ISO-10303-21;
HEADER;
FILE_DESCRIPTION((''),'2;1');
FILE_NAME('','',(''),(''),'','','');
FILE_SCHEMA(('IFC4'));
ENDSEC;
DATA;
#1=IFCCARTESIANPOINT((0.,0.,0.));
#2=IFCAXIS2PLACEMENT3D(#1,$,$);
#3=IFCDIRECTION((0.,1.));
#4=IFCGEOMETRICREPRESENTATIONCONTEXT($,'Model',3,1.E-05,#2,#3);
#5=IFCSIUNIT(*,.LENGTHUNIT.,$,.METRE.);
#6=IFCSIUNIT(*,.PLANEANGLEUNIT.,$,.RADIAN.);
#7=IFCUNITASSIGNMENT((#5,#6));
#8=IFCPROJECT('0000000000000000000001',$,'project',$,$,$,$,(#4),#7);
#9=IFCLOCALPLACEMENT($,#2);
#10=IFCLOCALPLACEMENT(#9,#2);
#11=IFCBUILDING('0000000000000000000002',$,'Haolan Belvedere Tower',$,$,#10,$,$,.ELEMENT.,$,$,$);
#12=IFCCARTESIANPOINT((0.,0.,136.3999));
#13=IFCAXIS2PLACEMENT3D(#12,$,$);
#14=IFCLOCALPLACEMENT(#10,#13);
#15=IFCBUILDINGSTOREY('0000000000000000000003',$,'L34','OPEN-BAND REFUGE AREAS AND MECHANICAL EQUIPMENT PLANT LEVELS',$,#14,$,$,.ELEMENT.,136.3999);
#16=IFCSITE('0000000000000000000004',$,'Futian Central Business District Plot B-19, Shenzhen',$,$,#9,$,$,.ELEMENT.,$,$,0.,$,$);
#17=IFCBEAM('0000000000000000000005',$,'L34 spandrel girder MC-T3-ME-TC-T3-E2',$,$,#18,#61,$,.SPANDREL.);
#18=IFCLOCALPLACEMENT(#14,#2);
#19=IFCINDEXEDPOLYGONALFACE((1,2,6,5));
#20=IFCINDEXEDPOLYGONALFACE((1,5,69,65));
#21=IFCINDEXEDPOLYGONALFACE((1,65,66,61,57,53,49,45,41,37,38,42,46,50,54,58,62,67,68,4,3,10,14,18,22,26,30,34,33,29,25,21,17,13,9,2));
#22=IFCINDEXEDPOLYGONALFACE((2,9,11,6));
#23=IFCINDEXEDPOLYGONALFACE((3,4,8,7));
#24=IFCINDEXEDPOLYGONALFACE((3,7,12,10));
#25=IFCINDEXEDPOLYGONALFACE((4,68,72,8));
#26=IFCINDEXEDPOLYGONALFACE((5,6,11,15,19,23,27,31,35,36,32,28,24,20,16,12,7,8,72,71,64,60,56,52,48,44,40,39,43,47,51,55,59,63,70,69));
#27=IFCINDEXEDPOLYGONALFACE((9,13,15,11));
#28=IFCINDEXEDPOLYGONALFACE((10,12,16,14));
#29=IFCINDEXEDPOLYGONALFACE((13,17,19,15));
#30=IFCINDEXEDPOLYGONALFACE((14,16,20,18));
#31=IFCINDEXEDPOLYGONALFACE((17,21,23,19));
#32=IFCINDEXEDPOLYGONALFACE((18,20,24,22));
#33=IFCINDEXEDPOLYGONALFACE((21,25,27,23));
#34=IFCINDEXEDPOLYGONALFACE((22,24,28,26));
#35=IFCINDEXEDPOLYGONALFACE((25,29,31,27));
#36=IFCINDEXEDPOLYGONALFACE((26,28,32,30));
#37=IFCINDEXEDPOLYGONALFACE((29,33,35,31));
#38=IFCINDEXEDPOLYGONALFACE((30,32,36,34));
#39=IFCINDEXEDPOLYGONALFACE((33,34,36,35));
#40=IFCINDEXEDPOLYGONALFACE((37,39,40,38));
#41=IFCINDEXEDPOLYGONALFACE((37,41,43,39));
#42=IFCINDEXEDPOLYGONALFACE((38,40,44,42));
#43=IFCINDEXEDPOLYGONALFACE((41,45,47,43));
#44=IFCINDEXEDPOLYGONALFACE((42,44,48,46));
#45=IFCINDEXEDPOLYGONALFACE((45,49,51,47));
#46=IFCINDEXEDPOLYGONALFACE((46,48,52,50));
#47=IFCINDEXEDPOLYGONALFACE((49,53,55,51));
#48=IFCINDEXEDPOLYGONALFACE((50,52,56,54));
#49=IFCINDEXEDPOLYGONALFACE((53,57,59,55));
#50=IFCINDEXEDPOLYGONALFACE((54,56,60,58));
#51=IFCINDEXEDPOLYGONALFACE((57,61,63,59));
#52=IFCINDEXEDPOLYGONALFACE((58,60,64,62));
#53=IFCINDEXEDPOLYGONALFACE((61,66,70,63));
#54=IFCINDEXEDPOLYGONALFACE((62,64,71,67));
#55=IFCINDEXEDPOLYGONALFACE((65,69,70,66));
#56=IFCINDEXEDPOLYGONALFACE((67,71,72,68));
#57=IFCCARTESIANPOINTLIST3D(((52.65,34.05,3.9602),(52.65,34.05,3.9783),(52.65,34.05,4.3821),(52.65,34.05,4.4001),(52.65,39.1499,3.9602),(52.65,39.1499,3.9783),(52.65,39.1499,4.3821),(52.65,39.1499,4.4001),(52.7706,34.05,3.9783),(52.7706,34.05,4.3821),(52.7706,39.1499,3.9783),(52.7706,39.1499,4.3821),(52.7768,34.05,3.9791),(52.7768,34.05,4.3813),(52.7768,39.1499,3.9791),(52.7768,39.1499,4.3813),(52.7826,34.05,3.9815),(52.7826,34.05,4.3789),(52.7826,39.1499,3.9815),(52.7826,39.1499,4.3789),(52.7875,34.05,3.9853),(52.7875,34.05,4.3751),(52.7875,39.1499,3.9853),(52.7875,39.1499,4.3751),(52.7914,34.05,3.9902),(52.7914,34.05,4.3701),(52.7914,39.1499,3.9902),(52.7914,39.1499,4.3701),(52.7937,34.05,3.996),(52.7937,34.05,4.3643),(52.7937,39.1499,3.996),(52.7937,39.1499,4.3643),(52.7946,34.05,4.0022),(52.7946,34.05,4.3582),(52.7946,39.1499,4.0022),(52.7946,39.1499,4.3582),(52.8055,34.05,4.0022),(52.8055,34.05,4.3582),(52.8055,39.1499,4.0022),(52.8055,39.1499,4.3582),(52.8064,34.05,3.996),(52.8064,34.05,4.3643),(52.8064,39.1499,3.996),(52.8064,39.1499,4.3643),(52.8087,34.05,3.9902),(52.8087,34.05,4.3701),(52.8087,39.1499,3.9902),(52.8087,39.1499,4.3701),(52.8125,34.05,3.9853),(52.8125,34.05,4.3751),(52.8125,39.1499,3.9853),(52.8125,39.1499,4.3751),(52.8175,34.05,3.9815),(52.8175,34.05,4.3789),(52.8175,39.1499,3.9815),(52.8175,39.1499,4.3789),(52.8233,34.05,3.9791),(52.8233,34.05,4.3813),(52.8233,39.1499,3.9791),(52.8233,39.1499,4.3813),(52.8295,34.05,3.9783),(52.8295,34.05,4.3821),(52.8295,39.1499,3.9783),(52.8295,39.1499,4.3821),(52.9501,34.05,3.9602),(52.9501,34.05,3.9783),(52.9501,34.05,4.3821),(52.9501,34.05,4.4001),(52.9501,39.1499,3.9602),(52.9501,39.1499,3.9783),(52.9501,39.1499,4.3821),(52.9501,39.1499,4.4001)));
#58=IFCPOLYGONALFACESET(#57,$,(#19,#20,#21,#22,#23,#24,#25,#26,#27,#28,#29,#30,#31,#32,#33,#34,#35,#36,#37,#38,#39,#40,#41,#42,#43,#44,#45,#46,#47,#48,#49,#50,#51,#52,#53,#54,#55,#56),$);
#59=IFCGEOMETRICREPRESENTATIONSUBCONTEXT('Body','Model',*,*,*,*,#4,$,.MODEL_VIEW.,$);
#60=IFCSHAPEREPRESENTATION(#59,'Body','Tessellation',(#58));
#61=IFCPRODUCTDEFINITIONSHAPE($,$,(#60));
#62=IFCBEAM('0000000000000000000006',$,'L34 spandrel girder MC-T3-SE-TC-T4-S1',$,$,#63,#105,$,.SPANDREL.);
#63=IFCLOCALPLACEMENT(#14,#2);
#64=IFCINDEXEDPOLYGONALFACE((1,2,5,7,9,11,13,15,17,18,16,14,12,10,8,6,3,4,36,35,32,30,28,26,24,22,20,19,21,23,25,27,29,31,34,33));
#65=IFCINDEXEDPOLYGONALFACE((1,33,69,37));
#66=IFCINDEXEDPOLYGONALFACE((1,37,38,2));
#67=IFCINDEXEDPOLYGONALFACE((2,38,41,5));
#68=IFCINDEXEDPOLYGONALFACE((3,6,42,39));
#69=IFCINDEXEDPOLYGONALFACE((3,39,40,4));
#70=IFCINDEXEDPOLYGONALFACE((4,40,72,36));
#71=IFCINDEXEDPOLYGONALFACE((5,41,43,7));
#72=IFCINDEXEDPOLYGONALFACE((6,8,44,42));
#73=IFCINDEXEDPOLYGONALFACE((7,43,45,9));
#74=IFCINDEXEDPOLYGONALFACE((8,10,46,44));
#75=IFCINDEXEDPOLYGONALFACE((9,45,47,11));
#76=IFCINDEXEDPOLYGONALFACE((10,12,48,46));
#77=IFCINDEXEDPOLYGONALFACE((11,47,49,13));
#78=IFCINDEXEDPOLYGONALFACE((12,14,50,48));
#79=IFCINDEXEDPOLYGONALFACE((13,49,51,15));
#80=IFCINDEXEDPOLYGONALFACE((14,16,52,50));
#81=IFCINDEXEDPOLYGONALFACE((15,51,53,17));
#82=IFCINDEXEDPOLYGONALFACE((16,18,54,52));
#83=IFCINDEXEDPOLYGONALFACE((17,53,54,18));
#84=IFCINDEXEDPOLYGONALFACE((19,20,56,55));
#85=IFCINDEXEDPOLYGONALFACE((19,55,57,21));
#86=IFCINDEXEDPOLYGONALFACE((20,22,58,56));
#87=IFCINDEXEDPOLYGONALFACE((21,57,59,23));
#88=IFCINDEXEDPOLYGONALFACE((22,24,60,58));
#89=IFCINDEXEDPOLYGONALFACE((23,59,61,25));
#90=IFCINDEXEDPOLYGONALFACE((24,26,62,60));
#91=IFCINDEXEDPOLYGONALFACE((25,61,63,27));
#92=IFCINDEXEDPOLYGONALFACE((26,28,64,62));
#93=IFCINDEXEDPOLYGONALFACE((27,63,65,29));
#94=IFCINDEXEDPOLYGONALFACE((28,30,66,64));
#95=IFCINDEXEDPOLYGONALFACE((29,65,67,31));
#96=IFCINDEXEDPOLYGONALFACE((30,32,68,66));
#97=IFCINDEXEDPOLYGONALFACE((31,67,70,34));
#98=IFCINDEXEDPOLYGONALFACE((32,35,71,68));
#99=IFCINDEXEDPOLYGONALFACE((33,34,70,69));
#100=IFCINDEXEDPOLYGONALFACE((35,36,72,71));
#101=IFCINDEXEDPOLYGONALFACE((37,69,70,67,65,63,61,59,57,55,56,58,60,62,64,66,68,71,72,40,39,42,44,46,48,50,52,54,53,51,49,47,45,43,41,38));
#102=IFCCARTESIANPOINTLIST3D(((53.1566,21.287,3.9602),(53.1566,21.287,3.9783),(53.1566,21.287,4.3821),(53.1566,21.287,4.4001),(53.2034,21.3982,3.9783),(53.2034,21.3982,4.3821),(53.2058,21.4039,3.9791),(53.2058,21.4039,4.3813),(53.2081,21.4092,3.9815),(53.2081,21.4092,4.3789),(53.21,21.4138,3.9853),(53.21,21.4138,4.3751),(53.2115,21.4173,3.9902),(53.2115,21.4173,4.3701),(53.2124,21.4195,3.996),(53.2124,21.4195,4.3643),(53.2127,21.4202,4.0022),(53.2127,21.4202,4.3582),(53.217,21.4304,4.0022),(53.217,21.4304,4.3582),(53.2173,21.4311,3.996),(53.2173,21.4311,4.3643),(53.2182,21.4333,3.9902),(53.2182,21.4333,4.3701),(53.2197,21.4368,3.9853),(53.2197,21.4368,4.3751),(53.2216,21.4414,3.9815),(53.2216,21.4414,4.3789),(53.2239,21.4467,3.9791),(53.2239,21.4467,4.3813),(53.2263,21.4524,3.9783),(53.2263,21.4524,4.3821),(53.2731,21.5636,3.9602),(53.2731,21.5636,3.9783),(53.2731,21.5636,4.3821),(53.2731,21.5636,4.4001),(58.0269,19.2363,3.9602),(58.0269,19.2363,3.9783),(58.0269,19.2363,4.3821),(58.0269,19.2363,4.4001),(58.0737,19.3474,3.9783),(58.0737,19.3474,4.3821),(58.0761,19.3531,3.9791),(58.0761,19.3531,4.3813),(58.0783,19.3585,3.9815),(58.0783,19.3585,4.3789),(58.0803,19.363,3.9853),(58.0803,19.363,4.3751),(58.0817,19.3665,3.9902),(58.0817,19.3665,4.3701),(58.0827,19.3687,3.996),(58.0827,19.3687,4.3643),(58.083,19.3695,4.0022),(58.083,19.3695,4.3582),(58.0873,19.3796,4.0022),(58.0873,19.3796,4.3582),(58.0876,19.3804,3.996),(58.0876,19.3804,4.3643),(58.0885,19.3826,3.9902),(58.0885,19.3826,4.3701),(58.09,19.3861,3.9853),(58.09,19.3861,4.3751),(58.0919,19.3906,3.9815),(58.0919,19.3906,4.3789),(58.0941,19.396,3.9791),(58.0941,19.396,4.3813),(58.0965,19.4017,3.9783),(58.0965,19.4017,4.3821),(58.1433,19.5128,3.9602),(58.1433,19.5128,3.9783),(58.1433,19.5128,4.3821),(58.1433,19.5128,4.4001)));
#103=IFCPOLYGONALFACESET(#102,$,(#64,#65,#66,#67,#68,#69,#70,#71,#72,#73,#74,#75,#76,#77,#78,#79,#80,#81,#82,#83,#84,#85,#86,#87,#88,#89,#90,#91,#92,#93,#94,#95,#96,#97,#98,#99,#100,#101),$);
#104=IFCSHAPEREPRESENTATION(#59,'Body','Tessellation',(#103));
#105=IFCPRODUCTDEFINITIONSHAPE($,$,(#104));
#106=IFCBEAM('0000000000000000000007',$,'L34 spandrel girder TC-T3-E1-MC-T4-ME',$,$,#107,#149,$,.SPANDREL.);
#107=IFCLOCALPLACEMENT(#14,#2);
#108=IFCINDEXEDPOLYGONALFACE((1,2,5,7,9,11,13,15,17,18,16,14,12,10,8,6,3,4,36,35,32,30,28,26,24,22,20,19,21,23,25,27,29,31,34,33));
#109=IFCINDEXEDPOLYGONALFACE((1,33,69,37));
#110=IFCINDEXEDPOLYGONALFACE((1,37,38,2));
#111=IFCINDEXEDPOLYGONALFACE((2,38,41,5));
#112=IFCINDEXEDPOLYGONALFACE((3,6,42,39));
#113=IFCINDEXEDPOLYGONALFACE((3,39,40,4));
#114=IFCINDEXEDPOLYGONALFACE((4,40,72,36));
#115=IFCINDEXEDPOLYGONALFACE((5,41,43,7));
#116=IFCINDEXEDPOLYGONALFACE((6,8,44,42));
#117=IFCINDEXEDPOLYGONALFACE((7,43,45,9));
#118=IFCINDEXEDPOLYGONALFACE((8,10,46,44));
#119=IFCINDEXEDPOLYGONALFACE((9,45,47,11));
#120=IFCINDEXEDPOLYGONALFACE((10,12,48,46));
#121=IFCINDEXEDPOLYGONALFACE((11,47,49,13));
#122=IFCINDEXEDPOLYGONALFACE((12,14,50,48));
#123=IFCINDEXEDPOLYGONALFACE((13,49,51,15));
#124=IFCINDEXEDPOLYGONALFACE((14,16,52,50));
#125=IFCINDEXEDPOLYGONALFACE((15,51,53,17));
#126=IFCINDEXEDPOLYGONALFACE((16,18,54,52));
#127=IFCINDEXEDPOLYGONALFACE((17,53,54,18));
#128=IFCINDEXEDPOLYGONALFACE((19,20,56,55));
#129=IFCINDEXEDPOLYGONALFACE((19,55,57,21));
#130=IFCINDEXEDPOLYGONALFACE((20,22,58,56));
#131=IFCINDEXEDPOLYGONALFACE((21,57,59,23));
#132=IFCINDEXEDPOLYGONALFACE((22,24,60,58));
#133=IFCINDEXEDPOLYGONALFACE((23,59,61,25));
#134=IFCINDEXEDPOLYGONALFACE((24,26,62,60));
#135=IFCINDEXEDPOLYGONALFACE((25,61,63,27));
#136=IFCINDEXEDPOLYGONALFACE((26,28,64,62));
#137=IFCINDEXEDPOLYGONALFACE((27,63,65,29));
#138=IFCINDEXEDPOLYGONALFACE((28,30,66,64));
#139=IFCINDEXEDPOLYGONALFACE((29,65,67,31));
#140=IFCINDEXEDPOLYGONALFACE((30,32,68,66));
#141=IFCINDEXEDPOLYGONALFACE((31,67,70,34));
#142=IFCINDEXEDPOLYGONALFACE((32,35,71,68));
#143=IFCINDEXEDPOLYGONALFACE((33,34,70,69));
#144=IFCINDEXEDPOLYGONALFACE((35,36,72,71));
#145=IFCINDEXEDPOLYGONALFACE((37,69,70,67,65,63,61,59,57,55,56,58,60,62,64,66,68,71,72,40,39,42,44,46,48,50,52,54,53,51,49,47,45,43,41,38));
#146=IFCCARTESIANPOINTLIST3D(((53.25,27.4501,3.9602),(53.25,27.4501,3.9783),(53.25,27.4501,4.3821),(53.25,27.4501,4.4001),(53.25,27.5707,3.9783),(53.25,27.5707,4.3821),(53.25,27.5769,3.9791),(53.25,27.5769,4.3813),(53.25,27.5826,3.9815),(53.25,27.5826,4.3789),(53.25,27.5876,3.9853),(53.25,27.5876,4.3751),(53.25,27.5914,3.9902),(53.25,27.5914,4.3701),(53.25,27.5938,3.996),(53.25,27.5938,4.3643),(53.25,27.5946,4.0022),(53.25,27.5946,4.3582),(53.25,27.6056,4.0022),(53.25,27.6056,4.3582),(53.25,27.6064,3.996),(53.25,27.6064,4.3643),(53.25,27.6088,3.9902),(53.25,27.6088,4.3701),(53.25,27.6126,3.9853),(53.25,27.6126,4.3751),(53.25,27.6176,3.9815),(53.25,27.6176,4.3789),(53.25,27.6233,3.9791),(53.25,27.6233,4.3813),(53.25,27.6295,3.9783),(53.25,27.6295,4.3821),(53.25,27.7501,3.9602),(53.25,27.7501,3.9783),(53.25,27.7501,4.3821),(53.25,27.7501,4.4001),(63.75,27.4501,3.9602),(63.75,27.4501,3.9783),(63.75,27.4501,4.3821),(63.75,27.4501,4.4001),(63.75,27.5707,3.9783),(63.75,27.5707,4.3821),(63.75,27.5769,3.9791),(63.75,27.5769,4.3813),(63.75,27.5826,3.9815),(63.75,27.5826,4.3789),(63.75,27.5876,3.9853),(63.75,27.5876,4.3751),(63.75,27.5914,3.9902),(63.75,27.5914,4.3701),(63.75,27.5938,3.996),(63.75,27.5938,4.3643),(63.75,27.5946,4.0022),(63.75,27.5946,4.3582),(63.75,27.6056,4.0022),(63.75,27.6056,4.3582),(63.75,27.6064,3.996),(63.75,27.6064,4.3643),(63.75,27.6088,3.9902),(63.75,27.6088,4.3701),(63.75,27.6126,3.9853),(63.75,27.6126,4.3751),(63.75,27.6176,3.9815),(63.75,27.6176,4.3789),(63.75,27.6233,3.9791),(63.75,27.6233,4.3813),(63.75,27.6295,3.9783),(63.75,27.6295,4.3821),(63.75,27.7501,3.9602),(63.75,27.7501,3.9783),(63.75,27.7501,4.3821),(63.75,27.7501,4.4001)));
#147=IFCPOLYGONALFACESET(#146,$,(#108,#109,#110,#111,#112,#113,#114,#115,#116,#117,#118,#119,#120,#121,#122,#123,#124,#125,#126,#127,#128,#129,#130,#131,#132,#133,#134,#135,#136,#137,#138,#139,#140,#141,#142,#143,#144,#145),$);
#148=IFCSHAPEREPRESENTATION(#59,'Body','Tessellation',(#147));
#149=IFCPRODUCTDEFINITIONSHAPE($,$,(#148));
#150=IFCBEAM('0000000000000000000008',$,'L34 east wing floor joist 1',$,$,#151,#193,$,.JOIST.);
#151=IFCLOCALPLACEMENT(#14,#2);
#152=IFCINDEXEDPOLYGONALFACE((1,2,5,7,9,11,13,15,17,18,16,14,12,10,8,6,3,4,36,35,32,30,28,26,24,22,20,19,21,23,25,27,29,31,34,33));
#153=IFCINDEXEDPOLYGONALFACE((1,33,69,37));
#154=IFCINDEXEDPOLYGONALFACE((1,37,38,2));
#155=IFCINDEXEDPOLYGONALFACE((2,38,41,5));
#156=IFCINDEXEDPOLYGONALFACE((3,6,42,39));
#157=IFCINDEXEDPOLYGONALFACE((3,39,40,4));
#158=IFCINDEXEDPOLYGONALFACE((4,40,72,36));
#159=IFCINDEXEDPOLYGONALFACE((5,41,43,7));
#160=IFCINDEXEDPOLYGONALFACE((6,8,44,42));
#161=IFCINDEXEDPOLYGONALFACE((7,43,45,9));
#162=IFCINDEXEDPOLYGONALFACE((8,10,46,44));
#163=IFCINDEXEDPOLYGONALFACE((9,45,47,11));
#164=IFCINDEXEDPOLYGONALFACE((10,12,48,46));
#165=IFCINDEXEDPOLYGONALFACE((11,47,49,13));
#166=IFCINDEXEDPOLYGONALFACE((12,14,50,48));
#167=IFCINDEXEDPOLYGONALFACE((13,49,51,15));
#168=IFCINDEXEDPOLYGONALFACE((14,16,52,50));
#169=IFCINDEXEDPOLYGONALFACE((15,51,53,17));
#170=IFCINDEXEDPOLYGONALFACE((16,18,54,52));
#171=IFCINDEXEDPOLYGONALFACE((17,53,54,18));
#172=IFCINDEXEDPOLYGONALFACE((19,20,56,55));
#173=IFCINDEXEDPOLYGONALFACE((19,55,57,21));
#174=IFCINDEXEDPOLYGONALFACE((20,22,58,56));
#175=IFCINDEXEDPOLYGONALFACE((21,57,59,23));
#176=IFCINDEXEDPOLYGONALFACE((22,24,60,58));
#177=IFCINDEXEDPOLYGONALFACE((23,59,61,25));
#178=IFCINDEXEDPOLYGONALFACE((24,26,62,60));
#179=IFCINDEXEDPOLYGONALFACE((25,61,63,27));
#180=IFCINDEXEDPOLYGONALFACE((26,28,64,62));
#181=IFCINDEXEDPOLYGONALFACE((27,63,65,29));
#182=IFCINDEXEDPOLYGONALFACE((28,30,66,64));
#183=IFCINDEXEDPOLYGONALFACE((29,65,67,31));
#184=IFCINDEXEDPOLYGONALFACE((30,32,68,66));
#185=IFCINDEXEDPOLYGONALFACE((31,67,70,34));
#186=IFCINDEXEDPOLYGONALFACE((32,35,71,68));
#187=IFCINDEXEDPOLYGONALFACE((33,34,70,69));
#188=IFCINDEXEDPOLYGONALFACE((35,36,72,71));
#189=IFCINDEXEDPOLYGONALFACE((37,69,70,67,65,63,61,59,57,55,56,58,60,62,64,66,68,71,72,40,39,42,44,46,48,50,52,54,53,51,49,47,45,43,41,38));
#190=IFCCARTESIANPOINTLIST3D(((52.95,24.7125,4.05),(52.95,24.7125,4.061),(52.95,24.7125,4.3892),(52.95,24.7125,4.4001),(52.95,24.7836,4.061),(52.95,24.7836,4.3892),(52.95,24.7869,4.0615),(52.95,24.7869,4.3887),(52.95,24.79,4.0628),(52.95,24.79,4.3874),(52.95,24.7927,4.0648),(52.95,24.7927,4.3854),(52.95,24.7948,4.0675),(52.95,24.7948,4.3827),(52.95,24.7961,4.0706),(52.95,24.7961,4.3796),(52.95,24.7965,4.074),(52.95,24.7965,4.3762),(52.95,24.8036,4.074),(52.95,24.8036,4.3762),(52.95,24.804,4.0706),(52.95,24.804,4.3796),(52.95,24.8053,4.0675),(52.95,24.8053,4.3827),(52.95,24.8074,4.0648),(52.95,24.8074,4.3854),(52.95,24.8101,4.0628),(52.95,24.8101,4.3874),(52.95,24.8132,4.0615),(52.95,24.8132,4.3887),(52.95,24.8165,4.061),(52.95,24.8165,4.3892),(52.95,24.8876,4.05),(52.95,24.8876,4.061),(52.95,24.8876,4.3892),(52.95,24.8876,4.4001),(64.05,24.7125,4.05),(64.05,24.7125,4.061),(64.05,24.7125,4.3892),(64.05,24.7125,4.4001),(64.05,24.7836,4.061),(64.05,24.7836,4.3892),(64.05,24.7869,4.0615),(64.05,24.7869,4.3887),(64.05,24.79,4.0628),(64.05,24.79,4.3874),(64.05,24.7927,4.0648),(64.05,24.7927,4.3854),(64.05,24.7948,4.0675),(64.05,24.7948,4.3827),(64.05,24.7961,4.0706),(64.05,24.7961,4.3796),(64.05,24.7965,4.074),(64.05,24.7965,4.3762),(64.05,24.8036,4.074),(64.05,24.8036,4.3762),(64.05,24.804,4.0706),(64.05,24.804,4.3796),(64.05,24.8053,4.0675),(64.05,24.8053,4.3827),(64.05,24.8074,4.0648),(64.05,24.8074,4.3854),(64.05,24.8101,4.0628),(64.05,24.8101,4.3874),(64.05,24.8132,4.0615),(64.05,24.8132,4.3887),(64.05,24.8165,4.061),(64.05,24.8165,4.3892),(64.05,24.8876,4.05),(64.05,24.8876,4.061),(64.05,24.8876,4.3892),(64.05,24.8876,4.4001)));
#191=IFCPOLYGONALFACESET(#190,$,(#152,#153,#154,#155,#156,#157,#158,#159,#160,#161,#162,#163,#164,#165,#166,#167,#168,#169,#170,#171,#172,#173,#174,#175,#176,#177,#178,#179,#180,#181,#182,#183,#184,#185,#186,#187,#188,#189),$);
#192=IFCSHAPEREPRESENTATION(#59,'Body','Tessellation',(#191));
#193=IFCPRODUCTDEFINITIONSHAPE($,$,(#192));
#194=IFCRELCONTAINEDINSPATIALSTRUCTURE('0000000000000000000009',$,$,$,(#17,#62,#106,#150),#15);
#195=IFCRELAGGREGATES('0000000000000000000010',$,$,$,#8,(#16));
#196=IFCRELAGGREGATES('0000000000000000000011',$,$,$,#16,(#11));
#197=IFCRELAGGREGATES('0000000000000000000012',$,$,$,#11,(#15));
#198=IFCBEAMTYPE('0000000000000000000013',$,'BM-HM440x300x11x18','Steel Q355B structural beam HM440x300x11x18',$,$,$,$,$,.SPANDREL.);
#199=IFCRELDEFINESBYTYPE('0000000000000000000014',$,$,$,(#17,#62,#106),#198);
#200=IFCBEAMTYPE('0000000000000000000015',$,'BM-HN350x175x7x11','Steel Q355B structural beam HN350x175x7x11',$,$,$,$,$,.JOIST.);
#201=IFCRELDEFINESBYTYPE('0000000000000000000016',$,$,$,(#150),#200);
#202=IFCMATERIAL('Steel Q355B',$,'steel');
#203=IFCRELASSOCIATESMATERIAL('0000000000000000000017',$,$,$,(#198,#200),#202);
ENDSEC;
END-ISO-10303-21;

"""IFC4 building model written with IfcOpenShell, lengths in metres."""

from ifc_helpers import new_model, si_unit, direction, frame, origin, origin_2d, place, context, subcontext, project, spatial, i_section, extrude, material, material_profile, profile_set, type_object, element, save


model = new_model("IFC4")

# Units and contexts
model_context = context("Model", 3, precision=1e-05, world=origin(), true_north=direction((0.0, 1.0)))
body_context = subcontext(model_context, "Body", "Model", "MODEL_VIEW")
ifc_project = project(units=[si_unit("LENGTHUNIT", "METRE"), si_unit("PLANEANGLEUNIT", "RADIAN")], contexts=[model_context])

# Site, building, storey
site_placement = place(None, origin())
site = spatial("IfcSite", under=ifc_project, at=site_placement, Name="Futian Central Business District Plot B-19, Shenzhen", CompositionType="ELEMENT", RefElevation=0.0)
building_placement = place(site_placement, origin())
building = spatial("IfcBuilding", under=site, at=building_placement, Name="Haolan Belvedere Tower", CompositionType="ELEMENT")
storey_placement = place(building_placement, frame((0.0, 0.0, 136.3999)))
storey = spatial("IfcBuildingStorey", under=building, at=storey_placement, Name="L34", Description="OPEN-BAND REFUGE AREAS AND MECHANICAL EQUIPMENT PLANT LEVELS", CompositionType="ELEMENT", Elevation=136.3999)

# Beams
ifc_material_1 = material(Name="Steel Q355B", Category="steel")
ifc_material_profile_1 = material_profile(ifc_material_1, i_section(OverallWidth=0.3, OverallDepth=0.4399, WebThickness=0.011, FlangeThickness=0.0181, FilletRadius=0.0239, at=origin_2d()), Name="Steel Q355B")
ifc_profile_set_1 = profile_set([ifc_material_profile_1], Name="Steel Q355B")
beam_type_1 = type_object("IfcBeamType", Name="BM-HM440x300x11x18", Description="Steel Q355B structural beam HM440x300x11x18", PredefinedType="SPANDREL", material=ifc_profile_set_1)
for number, where, z_axis, x_axis, name in (
    (1, (52.8, 34.05, 4.1802), (0.0, 1.0, 0.0), (-1.0, 0.0, 0.0), "L34 spandrel girder MC-T3-ME-TC-T3-E2"),
):
    element("IfcBeam", number, at=place(storey_placement, frame(where, z_axis=z_axis, x_axis=x_axis)), inside=storey, type_object=beam_type_1, Name=name, PredefinedType="SPANDREL", context=body_context, shape_type="SweptSolid", body=[
        extrude(i_section(OverallWidth=0.3, OverallDepth=0.4399, WebThickness=0.011, FlangeThickness=0.0181, FilletRadius=0.0239, at=origin_2d()), origin(), (0.0, 0.0, 1.0), 5.0999),
    ])
beam_1_placement = place(storey_placement, frame((53.2148, 21.4253, 4.1802), z_axis=(0.921628, -0.388074, 0.0), x_axis=(0.388074, 0.921628, 0.0)))
element("IfcBeam", 2, at=beam_1_placement, inside=storey, type_object=beam_type_1, Name="L34 spandrel girder MC-T3-SE-TC-T4-S1", PredefinedType="SPANDREL", context=body_context, shape_type="SweptSolid", body=[
    extrude(i_section(OverallWidth=0.3, OverallDepth=0.4399, WebThickness=0.011, FlangeThickness=0.0181, FilletRadius=0.0239, at=origin_2d()), origin(), (0.0, 0.0, 1.0), 5.2844),
])
beam_2_placement = place(storey_placement, frame((53.25, 27.6001, 4.1802), z_axis=(1.0, 0.0, 0.0), x_axis=(0.0, 1.0, 0.0)))
element("IfcBeam", 3, at=beam_2_placement, inside=storey, type_object=beam_type_1, Name="L34 spandrel girder TC-T3-E1-MC-T4-ME", PredefinedType="SPANDREL", context=body_context, shape_type="SweptSolid", body=[
    extrude(i_section(OverallWidth=0.3, OverallDepth=0.4399, WebThickness=0.011, FlangeThickness=0.0181, FilletRadius=0.0239, at=origin_2d()), origin(), (0.0, 0.0, 1.0), 10.5),
])
ifc_material_profile_2 = material_profile(ifc_material_1, i_section(OverallWidth=0.175, OverallDepth=0.3501, WebThickness=0.0071, FlangeThickness=0.011, FilletRadius=0.0129, at=origin_2d()), Name="Steel Q355B")
ifc_profile_set_2 = profile_set([ifc_material_profile_2], Name="Steel Q355B")
beam_type_2 = type_object("IfcBeamType", Name="BM-HN350x175x7x11", Description="Steel Q355B structural beam HN350x175x7x11", PredefinedType="JOIST", material=ifc_profile_set_2)
beam_3_placement = place(storey_placement, frame((52.95, 24.8, 4.2251), z_axis=(1.0, 0.0, 0.0), x_axis=(0.0, 1.0, 0.0)))
element("IfcBeam", 4, at=beam_3_placement, inside=storey, type_object=beam_type_2, Name="L34 east wing floor joist 1", PredefinedType="JOIST", context=body_context, shape_type="SweptSolid", body=[
    extrude(i_section(OverallWidth=0.175, OverallDepth=0.3501, WebThickness=0.0071, FlangeThickness=0.011, FilletRadius=0.0129, at=origin_2d()), origin(), (0.0, 0.0, 1.0), 11.1001),
])

save(model, "model.ifc")
